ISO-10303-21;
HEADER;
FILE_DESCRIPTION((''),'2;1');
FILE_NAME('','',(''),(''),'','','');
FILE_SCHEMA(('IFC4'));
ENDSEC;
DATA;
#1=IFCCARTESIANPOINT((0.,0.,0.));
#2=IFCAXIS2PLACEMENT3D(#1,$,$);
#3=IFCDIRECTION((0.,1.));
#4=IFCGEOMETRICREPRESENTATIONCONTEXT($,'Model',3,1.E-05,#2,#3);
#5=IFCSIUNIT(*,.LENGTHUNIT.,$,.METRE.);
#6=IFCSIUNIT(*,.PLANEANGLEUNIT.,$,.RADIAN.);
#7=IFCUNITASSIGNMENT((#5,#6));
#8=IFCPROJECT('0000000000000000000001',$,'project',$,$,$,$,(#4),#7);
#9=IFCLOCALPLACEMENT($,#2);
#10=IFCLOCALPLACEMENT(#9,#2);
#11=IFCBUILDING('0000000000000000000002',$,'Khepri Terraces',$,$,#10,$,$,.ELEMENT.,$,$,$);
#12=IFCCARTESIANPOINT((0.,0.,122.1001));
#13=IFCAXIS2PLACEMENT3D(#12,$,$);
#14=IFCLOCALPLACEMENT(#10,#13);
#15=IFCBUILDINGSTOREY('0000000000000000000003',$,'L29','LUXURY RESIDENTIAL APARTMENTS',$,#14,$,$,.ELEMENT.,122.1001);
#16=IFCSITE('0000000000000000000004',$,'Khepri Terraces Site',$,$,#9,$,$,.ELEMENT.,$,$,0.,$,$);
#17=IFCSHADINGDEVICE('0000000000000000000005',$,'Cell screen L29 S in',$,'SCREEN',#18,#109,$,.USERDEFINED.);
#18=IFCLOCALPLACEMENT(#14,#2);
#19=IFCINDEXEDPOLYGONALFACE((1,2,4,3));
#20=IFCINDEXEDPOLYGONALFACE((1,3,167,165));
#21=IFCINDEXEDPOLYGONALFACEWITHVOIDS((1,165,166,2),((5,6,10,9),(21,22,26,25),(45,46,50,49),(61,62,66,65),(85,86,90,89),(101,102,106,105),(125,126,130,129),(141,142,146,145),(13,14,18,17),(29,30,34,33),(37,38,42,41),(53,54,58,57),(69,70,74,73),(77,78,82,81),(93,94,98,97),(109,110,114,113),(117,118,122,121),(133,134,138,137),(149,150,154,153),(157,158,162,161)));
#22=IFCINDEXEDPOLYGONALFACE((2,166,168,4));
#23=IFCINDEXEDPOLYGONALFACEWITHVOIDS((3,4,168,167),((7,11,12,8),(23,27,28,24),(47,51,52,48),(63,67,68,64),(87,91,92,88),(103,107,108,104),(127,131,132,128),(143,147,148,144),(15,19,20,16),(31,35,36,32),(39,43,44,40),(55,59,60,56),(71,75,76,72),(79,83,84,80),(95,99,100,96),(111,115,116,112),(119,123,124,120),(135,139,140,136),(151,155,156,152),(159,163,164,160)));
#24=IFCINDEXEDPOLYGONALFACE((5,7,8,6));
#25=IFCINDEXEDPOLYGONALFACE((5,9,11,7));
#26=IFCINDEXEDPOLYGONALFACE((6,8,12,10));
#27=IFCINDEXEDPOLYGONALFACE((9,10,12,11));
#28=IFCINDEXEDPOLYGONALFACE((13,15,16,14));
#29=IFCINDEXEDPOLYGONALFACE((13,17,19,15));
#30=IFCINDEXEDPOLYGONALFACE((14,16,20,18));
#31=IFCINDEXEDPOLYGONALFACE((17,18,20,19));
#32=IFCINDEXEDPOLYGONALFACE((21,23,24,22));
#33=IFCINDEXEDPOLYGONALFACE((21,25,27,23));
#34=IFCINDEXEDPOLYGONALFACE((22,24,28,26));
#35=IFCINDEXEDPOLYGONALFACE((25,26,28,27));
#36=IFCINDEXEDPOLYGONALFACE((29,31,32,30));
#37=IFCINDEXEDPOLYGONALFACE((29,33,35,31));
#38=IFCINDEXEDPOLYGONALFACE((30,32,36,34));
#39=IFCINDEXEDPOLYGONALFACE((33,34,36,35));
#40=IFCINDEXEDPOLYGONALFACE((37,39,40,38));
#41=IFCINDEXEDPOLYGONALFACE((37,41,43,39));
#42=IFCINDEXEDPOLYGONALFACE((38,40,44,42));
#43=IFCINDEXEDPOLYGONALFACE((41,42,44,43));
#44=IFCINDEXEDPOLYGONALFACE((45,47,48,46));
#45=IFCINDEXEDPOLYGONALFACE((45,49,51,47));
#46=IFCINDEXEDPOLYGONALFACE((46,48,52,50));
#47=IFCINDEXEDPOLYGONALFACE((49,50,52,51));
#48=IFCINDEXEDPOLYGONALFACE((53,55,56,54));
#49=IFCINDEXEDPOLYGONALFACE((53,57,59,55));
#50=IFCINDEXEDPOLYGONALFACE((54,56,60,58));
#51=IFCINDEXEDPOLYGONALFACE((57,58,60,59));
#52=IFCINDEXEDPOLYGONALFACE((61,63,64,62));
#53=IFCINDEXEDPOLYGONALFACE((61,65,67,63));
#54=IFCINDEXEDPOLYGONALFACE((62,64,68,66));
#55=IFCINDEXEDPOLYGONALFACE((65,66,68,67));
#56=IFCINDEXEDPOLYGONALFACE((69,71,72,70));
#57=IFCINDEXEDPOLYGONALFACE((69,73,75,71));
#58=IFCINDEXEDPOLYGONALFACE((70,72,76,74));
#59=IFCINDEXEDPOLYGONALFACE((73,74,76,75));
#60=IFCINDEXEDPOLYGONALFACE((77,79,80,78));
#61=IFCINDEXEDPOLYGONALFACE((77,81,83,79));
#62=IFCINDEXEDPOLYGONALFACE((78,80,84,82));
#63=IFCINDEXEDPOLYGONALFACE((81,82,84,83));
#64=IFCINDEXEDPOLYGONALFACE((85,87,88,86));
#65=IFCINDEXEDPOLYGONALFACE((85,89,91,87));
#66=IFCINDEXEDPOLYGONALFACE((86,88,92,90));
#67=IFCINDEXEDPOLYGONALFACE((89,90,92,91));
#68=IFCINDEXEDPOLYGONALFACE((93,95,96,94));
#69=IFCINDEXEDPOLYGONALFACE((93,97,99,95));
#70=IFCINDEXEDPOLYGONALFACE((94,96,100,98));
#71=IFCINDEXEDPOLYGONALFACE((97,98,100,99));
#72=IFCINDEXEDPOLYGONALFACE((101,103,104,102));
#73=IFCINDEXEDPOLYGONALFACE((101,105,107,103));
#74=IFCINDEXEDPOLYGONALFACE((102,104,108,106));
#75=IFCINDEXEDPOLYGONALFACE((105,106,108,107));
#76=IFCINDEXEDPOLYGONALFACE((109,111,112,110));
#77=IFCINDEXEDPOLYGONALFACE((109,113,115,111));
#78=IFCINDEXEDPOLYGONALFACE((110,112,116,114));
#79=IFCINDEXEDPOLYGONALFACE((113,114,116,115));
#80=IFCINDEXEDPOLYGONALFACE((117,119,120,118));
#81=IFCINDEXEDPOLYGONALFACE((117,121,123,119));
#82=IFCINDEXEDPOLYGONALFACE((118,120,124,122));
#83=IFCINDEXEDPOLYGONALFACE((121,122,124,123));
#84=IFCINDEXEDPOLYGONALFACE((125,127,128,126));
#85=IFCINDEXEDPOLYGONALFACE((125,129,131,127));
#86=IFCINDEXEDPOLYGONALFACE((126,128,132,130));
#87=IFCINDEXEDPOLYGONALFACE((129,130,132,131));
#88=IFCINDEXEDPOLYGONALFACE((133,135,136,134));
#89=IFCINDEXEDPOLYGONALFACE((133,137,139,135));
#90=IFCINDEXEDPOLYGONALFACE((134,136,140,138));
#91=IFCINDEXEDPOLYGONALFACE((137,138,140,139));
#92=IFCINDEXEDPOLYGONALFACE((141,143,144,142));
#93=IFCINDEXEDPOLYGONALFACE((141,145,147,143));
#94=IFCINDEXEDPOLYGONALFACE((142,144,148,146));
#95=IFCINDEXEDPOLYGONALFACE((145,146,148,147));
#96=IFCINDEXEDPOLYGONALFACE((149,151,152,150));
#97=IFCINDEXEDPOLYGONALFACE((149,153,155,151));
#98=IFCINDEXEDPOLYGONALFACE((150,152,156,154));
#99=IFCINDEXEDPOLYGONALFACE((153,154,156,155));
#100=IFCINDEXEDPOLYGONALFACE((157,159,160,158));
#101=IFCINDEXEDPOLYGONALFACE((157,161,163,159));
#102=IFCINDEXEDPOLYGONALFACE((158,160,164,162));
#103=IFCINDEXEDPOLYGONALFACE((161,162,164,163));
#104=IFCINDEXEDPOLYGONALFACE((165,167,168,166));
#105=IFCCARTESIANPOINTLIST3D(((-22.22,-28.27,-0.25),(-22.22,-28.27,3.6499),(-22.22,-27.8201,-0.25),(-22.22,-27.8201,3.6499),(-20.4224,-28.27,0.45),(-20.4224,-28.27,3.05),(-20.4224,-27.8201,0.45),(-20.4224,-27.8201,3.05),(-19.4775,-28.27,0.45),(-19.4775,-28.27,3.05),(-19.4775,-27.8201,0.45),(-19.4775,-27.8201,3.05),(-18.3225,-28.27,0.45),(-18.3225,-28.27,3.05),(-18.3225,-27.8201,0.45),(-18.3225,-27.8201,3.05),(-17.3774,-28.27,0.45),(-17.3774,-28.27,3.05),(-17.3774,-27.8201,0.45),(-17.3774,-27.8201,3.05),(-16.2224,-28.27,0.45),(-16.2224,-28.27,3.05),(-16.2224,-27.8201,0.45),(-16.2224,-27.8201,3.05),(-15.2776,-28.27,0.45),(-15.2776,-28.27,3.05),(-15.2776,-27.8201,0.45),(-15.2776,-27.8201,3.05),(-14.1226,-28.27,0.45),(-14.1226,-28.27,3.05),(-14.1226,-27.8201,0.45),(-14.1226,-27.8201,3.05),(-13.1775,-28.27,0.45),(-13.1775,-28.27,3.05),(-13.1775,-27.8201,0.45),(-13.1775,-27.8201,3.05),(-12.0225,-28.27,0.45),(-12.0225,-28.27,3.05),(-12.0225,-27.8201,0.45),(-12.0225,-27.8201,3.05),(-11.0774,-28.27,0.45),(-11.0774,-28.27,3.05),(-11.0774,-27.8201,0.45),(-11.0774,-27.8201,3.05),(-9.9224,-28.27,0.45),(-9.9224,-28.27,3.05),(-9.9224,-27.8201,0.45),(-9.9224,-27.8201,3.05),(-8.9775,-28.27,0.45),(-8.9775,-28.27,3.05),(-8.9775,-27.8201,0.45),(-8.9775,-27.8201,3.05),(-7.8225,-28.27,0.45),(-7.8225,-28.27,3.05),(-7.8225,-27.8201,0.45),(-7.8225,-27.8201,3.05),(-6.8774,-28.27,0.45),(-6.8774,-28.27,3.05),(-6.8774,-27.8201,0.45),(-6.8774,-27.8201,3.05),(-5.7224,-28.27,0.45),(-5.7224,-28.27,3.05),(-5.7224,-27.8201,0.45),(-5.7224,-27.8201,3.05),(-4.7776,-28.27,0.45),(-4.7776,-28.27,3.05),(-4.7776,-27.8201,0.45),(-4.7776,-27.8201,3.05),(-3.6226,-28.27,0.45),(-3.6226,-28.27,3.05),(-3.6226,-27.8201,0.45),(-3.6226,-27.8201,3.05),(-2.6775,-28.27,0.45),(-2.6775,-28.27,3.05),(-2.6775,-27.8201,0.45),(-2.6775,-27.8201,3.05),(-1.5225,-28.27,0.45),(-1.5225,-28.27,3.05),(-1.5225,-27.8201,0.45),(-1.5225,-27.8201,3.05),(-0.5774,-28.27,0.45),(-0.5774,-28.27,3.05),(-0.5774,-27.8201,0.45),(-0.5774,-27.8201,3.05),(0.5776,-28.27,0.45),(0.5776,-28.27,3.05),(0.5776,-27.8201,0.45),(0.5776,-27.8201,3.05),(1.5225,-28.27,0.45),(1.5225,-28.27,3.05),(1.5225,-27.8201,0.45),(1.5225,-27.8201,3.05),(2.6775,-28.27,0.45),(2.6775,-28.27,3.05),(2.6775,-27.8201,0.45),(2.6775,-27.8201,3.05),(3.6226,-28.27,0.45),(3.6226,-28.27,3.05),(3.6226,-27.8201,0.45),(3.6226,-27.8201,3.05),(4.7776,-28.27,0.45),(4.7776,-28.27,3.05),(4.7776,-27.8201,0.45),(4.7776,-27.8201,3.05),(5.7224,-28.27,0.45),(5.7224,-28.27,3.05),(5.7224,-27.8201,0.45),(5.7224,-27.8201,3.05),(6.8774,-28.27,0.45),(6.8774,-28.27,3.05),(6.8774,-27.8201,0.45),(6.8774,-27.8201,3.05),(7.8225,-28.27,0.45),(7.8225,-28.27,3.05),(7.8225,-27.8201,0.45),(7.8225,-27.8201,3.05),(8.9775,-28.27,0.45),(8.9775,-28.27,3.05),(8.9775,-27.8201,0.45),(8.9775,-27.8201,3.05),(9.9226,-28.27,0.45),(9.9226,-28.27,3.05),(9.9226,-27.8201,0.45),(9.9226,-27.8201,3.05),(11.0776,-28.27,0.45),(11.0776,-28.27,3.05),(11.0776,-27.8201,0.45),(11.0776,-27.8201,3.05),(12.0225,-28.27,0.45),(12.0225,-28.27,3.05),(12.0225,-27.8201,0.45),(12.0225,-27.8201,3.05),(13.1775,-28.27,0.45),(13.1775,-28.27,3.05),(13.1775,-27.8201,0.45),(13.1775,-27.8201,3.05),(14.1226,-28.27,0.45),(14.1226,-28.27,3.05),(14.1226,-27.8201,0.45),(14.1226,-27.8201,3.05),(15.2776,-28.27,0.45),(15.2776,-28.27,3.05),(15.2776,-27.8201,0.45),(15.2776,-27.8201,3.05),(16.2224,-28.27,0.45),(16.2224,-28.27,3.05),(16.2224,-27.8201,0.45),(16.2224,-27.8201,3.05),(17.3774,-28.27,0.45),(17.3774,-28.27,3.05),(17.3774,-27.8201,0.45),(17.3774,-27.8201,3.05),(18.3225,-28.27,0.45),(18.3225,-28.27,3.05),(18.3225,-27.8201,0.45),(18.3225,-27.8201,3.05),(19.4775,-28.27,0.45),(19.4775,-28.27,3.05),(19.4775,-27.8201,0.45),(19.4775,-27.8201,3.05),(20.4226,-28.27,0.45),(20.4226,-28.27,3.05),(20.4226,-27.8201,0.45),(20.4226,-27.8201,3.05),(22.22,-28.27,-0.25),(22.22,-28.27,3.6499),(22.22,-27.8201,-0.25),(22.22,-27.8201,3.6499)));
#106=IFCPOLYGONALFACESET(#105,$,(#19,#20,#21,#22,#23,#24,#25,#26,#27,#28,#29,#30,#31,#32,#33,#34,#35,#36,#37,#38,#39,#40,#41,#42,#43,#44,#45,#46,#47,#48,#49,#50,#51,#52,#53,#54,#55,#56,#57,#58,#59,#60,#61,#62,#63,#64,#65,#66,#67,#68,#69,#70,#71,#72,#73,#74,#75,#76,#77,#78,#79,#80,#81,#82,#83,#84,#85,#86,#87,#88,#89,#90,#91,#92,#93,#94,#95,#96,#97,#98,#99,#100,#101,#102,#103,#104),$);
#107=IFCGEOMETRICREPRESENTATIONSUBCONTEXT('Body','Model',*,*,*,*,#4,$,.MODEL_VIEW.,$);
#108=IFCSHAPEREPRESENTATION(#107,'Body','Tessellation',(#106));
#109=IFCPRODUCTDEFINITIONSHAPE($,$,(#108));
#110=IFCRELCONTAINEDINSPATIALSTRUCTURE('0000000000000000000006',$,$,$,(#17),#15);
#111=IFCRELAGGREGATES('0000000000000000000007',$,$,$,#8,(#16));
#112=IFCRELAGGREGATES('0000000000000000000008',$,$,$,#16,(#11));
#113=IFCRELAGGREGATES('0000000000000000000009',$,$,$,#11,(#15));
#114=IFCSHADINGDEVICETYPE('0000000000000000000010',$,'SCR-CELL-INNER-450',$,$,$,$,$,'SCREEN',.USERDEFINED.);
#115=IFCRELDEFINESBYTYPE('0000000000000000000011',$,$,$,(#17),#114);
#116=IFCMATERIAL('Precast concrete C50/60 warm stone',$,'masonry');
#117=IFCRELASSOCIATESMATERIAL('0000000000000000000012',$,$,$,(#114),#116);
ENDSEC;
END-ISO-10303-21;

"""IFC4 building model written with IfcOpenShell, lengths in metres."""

from ifc_helpers import new_model, si_unit, direction, frame, origin, place, context, subcontext, project, spatial, polyline, outline, extrude, material, type_object, element, save


model = new_model("IFC4")

# Units and contexts
model_context = context("Model", 3, precision=1e-05, world=origin(), true_north=direction((0.0, 1.0)))
body_context = subcontext(model_context, "Body", "Model", "MODEL_VIEW")
ifc_project = project(units=[si_unit("LENGTHUNIT", "METRE"), si_unit("PLANEANGLEUNIT", "RADIAN")], contexts=[model_context])

# Site, building, storey
site_placement = place(None, origin())
site = spatial("IfcSite", under=ifc_project, at=site_placement, Name="Khepri Terraces Site", CompositionType="ELEMENT", RefElevation=0.0)
building_placement = place(site_placement, origin())
building = spatial("IfcBuilding", under=site, at=building_placement, Name="Khepri Terraces", CompositionType="ELEMENT")
storey_placement = place(building_placement, frame((0.0, 0.0, 122.1001)))
storey = spatial("IfcBuildingStorey", under=building, at=storey_placement, Name="L29", Description="LUXURY RESIDENTIAL APARTMENTS", CompositionType="ELEMENT", Elevation=122.1001)

# Shared definitions
ifc_material_1 = material(Name="Precast concrete C50/60 warm stone", Category="masonry")

# Shading device
shading_device_type_1 = type_object("IfcShadingDeviceType", Name="SCR-CELL-INNER-450", ElementType="SCREEN", PredefinedType="USERDEFINED", material=ifc_material_1)
shading_device_1_placement = place(storey_placement, frame((-22.22, -27.8201, -0.25), z_axis=(0.0, -1.0, 0.0), x_axis=(1.0, 0.0, 0.0)))
element("IfcShadingDevice", 1, at=shading_device_1_placement, inside=storey, type_object=shading_device_type_1, Name="Cell screen L29 S in", ObjectType="SCREEN", PredefinedType="USERDEFINED", context=body_context, shape_type="SweptSolid", body=[
    extrude(outline(polyline([(0.0, 0.0), (44.4399, 0.0), (44.4399, 3.8999), (0.0, 3.8999), (0.0, 0.0)]), holes=[polyline([(1.7976, 0.7), (2.7424, 0.7), (2.7424, 3.3), (1.7976, 3.3), (1.7976, 0.7)]), polyline([(3.8975, 0.7), (4.8425, 0.7), (4.8425, 3.3), (3.8975, 3.3), (3.8975, 0.7)]), polyline([(5.9976, 0.7), (6.9424, 0.7), (6.9424, 3.3), (5.9976, 3.3), (5.9976, 0.7)]), polyline([(8.0974, 0.7), (9.0425, 0.7), (9.0425, 3.3), (8.0974, 3.3), (8.0974, 0.7)]), polyline([(10.1975, 0.7), (11.1426, 0.7), (11.1426, 3.3), (10.1975, 3.3), (10.1975, 0.7)]), polyline([(12.2976, 0.7), (13.2424, 0.7), (13.2424, 3.3), (12.2976, 3.3), (12.2976, 0.7)]), polyline([(14.3975, 0.7), (15.3425, 0.7), (15.3425, 3.3), (14.3975, 3.3), (14.3975, 0.7)]), polyline([(16.4976, 0.7), (17.4424, 0.7), (17.4424, 3.3), (16.4976, 3.3), (16.4976, 0.7)]), polyline([(18.5974, 0.7), (19.5425, 0.7), (19.5425, 3.3), (18.5974, 3.3), (18.5974, 0.7)]), polyline([(20.6975, 0.7), (21.6426, 0.7), (21.6426, 3.3), (20.6975, 3.3), (20.6975, 0.7)]), polyline([(22.7976, 0.7), (23.7424, 0.7), (23.7424, 3.3), (22.7976, 3.3), (22.7976, 0.7)]), polyline([(24.8975, 0.7), (25.8425, 0.7), (25.8425, 3.3), (24.8975, 3.3), (24.8975, 0.7)]), polyline([(26.9976, 0.7), (27.9424, 0.7), (27.9424, 3.3), (26.9976, 3.3), (26.9976, 0.7)]), polyline([(29.0974, 0.7), (30.0425, 0.7), (30.0425, 3.3), (29.0974, 3.3), (29.0974, 0.7)]), polyline([(31.1975, 0.7), (32.1426, 0.7), (32.1426, 3.3), (31.1975, 3.3), (31.1975, 0.7)]), polyline([(33.2976, 0.7), (34.2424, 0.7), (34.2424, 3.3), (33.2976, 3.3), (33.2976, 0.7)]), polyline([(35.3975, 0.7), (36.3425, 0.7), (36.3425, 3.3), (35.3975, 3.3), (35.3975, 0.7)]), polyline([(37.4976, 0.7), (38.4424, 0.7), (38.4424, 3.3), (37.4976, 3.3), (37.4976, 0.7)]), polyline([(39.5974, 0.7), (40.5425, 0.7), (40.5425, 3.3), (39.5974, 3.3), (39.5974, 0.7)]), polyline([(41.6975, 0.7), (42.6426, 0.7), (42.6426, 3.3), (41.6975, 3.3), (41.6975, 0.7)])]), origin(), (0.0, 0.0, 1.0), 0.45),
])

save(model, "model.ifc")
